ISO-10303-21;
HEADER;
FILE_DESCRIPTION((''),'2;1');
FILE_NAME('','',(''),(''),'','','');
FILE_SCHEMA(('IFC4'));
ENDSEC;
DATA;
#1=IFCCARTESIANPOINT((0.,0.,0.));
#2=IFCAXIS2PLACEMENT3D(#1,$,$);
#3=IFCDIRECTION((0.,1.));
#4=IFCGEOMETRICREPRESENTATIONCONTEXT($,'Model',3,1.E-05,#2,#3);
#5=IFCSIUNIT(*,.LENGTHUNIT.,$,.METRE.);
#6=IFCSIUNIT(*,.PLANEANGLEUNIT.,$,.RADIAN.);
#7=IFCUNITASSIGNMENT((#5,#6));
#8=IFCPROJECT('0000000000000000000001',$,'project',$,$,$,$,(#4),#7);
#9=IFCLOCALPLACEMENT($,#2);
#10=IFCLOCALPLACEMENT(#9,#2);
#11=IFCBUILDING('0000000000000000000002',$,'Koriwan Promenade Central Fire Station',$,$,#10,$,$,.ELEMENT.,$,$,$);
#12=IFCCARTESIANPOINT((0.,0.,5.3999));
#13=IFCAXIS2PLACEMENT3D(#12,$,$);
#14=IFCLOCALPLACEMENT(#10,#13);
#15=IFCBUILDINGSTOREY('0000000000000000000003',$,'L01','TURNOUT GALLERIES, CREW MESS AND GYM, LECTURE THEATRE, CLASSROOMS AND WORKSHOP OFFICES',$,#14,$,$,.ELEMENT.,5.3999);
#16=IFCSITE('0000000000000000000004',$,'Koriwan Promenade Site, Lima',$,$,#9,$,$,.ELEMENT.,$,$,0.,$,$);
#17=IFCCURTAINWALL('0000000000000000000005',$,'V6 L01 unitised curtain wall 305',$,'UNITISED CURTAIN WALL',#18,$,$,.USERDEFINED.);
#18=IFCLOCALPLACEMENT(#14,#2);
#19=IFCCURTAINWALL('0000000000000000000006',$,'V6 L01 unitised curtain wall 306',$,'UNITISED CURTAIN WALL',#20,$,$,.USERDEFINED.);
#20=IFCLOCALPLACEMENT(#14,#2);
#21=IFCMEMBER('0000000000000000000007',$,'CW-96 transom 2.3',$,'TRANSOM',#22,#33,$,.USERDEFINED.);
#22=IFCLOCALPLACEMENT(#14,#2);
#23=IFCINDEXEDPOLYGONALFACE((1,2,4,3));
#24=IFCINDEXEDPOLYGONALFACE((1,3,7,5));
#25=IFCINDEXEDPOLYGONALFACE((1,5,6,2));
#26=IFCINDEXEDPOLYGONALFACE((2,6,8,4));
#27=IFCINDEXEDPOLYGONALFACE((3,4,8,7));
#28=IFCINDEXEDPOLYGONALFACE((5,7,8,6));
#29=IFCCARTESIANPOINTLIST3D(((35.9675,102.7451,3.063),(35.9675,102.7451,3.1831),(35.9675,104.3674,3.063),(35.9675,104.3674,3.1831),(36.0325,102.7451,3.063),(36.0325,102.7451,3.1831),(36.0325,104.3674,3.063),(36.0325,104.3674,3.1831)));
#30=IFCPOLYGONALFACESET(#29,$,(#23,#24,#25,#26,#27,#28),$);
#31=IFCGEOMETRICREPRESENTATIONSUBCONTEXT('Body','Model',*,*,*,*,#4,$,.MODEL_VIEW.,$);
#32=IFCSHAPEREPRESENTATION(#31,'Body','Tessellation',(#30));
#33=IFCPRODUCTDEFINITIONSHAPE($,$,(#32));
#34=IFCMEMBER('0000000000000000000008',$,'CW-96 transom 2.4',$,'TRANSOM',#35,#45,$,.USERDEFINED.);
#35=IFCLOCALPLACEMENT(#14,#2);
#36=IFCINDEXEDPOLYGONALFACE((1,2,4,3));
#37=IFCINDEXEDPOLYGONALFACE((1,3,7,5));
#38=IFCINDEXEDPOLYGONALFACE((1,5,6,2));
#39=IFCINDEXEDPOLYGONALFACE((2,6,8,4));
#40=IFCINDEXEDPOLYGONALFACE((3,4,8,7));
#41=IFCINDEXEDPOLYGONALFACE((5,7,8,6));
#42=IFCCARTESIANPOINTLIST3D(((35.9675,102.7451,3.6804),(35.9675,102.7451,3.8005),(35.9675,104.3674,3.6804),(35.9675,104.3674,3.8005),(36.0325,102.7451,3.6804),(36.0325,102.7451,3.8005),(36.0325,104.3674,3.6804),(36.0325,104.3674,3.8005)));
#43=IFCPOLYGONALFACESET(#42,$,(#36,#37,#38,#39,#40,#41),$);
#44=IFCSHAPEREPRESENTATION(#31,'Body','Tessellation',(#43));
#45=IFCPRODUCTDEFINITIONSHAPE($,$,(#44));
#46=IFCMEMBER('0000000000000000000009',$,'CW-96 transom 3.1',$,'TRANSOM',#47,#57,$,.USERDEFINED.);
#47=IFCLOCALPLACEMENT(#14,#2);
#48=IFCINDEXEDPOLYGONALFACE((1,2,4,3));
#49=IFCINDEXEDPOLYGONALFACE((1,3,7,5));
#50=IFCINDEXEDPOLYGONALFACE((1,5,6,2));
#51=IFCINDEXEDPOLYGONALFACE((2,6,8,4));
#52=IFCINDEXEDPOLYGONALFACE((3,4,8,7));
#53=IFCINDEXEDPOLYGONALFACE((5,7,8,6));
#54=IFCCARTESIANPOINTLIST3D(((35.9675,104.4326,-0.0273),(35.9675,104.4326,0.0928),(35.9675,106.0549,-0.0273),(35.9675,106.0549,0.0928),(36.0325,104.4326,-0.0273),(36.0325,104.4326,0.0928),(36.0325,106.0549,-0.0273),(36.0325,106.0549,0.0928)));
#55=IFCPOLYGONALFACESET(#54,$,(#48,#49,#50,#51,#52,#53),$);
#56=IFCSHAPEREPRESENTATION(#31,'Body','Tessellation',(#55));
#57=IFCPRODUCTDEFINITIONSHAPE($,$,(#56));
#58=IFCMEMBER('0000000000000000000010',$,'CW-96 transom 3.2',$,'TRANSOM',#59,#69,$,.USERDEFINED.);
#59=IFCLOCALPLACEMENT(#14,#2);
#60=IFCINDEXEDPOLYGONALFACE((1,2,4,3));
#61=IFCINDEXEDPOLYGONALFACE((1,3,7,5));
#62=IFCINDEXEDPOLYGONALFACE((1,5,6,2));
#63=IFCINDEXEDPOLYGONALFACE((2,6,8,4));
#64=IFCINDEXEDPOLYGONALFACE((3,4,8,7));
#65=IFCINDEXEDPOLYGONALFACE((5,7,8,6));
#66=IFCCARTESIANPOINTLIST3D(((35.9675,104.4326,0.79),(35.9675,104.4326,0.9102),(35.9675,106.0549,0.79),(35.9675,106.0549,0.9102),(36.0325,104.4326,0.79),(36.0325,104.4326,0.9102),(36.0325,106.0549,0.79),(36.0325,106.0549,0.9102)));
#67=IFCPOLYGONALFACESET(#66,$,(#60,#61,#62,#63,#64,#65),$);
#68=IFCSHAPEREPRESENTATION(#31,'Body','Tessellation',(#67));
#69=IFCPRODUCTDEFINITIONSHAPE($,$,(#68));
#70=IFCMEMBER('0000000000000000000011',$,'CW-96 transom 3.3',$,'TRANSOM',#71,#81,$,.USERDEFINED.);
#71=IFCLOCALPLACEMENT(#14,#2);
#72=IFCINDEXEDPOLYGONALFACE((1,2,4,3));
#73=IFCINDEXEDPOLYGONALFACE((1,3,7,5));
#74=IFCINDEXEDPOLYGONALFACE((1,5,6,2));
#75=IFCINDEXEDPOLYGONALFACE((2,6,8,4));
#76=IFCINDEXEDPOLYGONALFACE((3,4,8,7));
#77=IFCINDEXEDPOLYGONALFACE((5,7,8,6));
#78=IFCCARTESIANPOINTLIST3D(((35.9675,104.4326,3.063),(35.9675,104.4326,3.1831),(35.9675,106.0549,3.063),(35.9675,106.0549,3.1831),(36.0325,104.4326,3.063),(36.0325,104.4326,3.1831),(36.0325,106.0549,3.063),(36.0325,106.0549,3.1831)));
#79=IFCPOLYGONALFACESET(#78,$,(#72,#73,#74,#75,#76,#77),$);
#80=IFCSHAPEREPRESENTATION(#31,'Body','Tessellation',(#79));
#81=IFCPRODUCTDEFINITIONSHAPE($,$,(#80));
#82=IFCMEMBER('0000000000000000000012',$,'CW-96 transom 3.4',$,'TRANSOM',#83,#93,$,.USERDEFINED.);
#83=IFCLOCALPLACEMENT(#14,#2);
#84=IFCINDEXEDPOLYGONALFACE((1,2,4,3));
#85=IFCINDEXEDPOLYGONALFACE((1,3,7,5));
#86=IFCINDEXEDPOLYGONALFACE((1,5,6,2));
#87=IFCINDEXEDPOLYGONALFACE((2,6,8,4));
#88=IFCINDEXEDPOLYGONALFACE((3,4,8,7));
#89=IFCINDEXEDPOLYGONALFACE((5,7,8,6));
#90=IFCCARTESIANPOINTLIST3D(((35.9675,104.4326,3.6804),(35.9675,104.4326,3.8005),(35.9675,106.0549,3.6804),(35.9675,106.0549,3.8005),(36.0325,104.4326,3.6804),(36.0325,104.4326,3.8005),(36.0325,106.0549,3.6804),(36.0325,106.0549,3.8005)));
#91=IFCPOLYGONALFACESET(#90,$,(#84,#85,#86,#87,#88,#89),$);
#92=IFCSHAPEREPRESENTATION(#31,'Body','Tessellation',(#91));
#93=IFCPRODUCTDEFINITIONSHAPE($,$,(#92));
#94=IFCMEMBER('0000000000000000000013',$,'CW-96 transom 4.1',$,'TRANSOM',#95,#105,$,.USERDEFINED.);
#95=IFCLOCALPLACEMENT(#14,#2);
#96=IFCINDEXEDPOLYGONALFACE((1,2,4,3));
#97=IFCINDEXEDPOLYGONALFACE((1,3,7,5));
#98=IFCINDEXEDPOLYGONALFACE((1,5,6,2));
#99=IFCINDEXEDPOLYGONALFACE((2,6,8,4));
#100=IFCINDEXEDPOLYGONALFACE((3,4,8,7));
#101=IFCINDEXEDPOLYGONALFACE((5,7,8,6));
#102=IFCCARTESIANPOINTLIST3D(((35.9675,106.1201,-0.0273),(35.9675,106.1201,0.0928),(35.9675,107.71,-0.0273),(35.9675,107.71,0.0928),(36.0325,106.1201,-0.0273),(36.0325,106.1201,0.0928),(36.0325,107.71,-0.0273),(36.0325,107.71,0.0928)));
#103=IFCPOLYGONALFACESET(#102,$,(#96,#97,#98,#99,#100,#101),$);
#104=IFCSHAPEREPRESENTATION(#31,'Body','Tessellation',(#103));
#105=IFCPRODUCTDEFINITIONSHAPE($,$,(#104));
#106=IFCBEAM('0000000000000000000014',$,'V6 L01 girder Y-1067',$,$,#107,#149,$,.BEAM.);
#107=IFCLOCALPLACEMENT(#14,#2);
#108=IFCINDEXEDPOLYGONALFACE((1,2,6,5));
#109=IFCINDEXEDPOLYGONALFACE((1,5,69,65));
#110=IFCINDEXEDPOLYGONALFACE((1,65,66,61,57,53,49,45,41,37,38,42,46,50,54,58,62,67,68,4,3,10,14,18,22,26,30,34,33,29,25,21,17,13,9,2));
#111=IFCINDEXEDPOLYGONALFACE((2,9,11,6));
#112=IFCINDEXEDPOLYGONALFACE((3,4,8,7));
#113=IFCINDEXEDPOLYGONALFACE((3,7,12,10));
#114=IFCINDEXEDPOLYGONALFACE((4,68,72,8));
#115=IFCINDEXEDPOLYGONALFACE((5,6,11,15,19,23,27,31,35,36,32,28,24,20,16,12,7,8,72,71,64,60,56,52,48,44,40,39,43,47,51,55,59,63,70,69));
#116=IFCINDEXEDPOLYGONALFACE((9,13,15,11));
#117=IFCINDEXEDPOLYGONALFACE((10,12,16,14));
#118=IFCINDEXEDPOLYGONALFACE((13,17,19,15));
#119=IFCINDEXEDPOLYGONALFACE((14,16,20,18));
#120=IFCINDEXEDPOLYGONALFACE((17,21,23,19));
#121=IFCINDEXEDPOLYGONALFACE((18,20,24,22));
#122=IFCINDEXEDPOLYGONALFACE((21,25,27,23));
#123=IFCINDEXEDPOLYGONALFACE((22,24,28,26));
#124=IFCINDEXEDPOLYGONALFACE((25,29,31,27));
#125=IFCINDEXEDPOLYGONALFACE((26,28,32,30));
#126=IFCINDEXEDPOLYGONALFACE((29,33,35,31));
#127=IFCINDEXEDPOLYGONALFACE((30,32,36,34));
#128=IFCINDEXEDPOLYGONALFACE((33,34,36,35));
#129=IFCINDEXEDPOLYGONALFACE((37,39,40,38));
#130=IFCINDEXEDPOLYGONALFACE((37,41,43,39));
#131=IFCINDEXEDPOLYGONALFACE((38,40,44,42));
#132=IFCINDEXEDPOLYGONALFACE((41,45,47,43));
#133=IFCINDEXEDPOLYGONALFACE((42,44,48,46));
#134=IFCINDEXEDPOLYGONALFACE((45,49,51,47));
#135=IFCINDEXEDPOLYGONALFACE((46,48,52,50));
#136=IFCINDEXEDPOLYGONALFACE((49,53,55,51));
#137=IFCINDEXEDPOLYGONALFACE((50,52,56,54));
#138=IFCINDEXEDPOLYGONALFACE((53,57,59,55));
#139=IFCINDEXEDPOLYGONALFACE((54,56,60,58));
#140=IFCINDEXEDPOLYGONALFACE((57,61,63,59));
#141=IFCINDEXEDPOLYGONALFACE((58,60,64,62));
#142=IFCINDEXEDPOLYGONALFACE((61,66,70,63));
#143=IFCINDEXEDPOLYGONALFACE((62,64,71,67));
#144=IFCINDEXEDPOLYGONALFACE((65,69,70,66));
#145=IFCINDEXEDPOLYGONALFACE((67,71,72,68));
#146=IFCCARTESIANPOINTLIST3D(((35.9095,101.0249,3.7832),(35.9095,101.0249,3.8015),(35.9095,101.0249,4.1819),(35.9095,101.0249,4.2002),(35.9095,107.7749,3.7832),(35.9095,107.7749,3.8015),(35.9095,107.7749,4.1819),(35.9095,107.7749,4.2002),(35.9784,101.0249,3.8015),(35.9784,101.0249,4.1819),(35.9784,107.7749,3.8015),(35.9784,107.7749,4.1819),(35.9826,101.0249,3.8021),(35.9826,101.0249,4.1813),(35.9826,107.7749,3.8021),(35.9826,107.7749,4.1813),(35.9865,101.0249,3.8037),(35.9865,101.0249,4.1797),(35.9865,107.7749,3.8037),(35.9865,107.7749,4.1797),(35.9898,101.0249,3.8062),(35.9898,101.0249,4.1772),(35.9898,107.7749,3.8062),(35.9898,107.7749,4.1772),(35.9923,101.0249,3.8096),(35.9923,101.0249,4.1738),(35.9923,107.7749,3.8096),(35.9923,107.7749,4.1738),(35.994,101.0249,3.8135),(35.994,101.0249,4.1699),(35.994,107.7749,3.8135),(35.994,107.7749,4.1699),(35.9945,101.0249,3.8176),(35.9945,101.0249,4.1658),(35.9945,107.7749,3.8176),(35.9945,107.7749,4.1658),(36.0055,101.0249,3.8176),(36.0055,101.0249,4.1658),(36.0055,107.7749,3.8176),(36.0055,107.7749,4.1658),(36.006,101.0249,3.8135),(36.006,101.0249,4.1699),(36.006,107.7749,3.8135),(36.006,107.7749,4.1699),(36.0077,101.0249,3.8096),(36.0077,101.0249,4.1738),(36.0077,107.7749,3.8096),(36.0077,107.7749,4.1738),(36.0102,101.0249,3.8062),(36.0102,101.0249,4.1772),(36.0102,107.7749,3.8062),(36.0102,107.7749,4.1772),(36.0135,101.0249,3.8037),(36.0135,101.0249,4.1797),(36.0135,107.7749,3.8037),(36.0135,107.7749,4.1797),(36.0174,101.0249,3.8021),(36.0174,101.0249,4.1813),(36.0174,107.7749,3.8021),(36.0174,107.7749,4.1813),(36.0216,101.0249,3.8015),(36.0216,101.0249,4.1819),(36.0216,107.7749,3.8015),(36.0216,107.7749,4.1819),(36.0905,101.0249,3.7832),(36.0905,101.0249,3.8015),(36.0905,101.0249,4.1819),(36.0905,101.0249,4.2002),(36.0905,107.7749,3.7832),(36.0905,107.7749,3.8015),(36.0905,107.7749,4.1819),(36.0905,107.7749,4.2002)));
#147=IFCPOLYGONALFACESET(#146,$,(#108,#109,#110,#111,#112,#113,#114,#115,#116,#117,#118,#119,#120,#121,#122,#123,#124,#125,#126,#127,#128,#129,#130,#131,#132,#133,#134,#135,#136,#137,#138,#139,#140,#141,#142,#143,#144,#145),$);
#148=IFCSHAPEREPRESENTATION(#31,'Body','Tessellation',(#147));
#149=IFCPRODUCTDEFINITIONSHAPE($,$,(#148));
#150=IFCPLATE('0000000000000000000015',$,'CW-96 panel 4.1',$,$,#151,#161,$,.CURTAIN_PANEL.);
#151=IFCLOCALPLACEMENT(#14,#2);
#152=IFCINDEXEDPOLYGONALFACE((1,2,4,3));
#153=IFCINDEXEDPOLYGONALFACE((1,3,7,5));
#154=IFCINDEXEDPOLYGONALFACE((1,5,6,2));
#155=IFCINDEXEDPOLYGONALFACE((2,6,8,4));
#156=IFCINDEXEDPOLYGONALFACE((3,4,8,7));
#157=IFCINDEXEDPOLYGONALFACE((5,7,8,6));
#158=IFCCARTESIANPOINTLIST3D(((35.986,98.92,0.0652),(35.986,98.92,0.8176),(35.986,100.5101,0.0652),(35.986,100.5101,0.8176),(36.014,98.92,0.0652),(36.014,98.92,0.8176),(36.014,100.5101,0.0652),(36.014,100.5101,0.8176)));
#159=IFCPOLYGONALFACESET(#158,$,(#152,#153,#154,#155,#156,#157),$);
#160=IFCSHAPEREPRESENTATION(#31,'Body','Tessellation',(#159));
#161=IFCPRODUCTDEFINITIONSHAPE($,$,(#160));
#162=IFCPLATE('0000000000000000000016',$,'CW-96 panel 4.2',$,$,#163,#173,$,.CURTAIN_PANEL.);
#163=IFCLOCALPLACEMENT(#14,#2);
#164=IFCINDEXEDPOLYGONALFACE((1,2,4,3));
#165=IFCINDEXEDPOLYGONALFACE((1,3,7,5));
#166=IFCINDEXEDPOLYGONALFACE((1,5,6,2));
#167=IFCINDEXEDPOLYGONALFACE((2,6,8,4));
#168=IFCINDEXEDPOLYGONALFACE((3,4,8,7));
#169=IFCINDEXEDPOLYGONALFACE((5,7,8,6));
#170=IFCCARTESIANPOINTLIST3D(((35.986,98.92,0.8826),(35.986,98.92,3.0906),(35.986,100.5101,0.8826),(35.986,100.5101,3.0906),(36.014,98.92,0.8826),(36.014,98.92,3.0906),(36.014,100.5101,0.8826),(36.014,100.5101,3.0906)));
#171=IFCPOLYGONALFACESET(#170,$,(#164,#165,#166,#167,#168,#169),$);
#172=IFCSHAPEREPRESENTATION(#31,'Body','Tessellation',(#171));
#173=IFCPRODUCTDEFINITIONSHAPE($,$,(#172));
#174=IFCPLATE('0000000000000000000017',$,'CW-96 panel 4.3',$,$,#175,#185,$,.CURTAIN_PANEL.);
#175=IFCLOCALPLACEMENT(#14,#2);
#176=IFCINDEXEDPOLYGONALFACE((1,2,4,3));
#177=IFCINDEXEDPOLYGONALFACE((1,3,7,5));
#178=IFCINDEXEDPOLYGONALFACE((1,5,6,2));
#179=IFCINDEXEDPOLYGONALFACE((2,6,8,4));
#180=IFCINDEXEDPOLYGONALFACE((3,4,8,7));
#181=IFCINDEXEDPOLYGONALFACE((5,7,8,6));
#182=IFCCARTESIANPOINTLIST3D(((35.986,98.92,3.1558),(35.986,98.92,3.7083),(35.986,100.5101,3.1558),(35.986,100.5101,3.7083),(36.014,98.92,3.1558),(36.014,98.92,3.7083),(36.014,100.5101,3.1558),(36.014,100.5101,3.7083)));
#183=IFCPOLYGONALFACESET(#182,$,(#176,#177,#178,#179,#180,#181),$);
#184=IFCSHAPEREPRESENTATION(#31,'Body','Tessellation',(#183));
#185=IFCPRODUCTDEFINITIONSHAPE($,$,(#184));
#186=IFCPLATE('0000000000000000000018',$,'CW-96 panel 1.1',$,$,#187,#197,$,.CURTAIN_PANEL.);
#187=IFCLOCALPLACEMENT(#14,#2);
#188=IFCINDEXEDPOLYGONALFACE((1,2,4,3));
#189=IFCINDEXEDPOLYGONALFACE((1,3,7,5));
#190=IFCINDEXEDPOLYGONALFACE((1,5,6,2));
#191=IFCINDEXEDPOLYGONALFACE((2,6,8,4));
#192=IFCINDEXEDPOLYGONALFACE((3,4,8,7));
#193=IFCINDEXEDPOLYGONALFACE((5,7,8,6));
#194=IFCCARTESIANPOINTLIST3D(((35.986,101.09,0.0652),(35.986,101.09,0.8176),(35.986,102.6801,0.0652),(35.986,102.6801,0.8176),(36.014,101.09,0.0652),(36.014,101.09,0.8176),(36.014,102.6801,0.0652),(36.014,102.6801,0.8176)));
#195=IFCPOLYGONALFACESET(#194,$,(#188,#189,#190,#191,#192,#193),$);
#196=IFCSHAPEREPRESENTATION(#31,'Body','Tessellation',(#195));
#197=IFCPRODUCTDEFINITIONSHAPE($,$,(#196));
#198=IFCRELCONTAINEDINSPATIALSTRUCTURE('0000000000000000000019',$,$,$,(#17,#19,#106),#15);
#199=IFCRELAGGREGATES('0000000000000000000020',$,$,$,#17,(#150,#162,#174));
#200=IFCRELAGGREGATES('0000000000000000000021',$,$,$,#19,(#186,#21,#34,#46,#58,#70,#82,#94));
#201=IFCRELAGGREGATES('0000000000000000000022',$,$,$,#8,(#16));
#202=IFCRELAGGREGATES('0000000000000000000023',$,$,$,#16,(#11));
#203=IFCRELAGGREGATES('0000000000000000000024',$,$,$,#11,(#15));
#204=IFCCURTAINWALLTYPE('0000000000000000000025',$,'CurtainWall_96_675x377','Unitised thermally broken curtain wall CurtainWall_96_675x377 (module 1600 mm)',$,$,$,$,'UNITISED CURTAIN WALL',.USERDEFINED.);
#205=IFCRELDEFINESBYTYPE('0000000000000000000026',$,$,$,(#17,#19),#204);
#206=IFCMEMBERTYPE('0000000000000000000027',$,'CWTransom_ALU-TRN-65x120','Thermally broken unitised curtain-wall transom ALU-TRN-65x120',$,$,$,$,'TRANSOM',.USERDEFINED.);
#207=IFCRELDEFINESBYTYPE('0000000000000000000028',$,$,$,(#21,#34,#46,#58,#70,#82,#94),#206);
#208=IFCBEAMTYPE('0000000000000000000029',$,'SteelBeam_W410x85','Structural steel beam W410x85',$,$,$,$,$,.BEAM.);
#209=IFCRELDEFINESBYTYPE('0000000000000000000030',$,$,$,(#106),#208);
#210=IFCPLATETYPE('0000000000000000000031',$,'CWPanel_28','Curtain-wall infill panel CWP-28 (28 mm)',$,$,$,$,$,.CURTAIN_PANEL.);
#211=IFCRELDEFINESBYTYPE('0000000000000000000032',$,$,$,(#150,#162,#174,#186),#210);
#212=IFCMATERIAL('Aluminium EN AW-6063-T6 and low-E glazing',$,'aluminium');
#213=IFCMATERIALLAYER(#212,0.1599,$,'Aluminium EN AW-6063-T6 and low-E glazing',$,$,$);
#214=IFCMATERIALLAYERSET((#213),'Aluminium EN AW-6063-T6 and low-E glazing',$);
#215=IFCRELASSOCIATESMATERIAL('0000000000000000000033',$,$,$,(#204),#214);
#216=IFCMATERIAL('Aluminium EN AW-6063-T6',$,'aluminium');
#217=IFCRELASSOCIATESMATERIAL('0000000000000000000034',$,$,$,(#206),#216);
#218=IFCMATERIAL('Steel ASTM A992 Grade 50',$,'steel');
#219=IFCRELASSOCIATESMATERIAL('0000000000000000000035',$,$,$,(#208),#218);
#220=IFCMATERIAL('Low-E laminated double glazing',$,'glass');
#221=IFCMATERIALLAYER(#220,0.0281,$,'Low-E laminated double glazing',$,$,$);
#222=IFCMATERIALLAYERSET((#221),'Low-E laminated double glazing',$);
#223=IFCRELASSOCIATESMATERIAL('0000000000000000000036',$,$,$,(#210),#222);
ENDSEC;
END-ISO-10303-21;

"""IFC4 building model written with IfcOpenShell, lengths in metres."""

from ifc_helpers import new_model, si_unit, direction, frame, origin, origin_2d, place, context, subcontext, project, spatial, rectangle, i_section, extrude, material, layer, layer_set, material_profile, profile_set, type_object, element, aggregate, save


model = new_model("IFC4")

# Units and contexts
model_context = context("Model", 3, precision=1e-05, world=origin(), true_north=direction((0.0, 1.0)))
body_context = subcontext(model_context, "Body", "Model", "MODEL_VIEW")
ifc_project = project(units=[si_unit("LENGTHUNIT", "METRE"), si_unit("PLANEANGLEUNIT", "RADIAN")], contexts=[model_context])

# Site, building, storey
site_placement = place(None, origin())
site = spatial("IfcSite", under=ifc_project, at=site_placement, Name="Koriwan Promenade Site, Lima", CompositionType="ELEMENT", RefElevation=0.0)
building_placement = place(site_placement, origin())
building = spatial("IfcBuilding", under=site, at=building_placement, Name="Koriwan Promenade Central Fire Station", CompositionType="ELEMENT")
storey_placement = place(building_placement, frame((0.0, 0.0, 5.3999)))
storey = spatial("IfcBuildingStorey", under=building, at=storey_placement, Name="L01", Description="TURNOUT GALLERIES, CREW MESS AND GYM, LECTURE THEATRE, CLASSROOMS AND WORKSHOP OFFICES", CompositionType="ELEMENT", Elevation=5.3999)

# Curtain wall
ifc_material_1 = material(Name="Aluminium EN AW-6063-T6 and low-E glazing", Category="aluminium")
ifc_layer_1 = layer(ifc_material_1, 0.1599, Name="Aluminium EN AW-6063-T6 and low-E glazing")
ifc_layer_set_1 = layer_set([ifc_layer_1], Name="Aluminium EN AW-6063-T6 and low-E glazing")
curtain_wall_type = type_object("IfcCurtainWallType", Name="CurtainWall_96_675x377", Description="Unitised thermally broken curtain wall CurtainWall_96_675x377 (module 1600 mm)", ElementType="UNITISED CURTAIN WALL", PredefinedType="USERDEFINED", material=ifc_layer_set_1)
curtain_wall_1_placement = place(storey_placement, origin())
curtain_wall_1 = element("IfcCurtainWall", 1, at=curtain_wall_1_placement, inside=storey, type_object=curtain_wall_type, Name="V6 L01 unitised curtain wall 305", ObjectType="UNITISED CURTAIN WALL", PredefinedType="USERDEFINED")
ifc_material_2 = material(Name="Aluminium EN AW-6063-T6", Category="aluminium")

# Curtain wall
curtain_wall_2_placement = place(storey_placement, origin())
curtain_wall_2 = element("IfcCurtainWall", 2, at=curtain_wall_2_placement, inside=storey, type_object=curtain_wall_type, Name="V6 L01 unitised curtain wall 306", ObjectType="UNITISED CURTAIN WALL", PredefinedType="USERDEFINED")

# Members
ifc_material_profile_1 = material_profile(ifc_material_2, rectangle(XDim=0.0649, YDim=0.1201, at=origin_2d()), Name="ALU-TRN-65x120")
ifc_profile_set_1 = profile_set([ifc_material_profile_1], Name="Aluminium EN AW-6063-T6")
member_type_1 = type_object("IfcMemberType", Name="CWTransom_ALU-TRN-65x120", Description="Thermally broken unitised curtain-wall transom ALU-TRN-65x120", ElementType="TRANSOM", PredefinedType="USERDEFINED", material=ifc_profile_set_1)
member_1_placement = place(storey_placement, frame((36.0, 102.7451, 3.123), z_axis=(0.0, 1.0, 0.0), x_axis=(-1.0, 0.0, 0.0)))
member_1 = element("IfcMember", 3, at=member_1_placement, type_object=member_type_1, Name="CW-96 transom 2.3", ObjectType="TRANSOM", PredefinedType="USERDEFINED", context=body_context, shape_type="SweptSolid", body=[
    extrude(rectangle(XDim=0.0649, YDim=0.1201, at=origin_2d()), origin(), (0.0, 0.0, 1.0), 1.6223),
])
member_2_placement = place(storey_placement, frame((36.0, 102.7451, 3.7405), z_axis=(0.0, 1.0, 0.0), x_axis=(-1.0, 0.0, 0.0)))
member_2 = element("IfcMember", 4, at=member_2_placement, type_object=member_type_1, Name="CW-96 transom 2.4", ObjectType="TRANSOM", PredefinedType="USERDEFINED", context=body_context, shape_type="SweptSolid", body=[
    extrude(rectangle(XDim=0.0649, YDim=0.1201, at=origin_2d()), origin(), (0.0, 0.0, 1.0), 1.6223),
])
member_3_placement = place(storey_placement, frame((36.0, 104.4326, 0.0327), z_axis=(0.0, 1.0, 0.0), x_axis=(-1.0, 0.0, 0.0)))
member_3 = element("IfcMember", 5, at=member_3_placement, type_object=member_type_1, Name="CW-96 transom 3.1", ObjectType="TRANSOM", PredefinedType="USERDEFINED", context=body_context, shape_type="SweptSolid", body=[
    extrude(rectangle(XDim=0.0649, YDim=0.1201, at=origin_2d()), origin(), (0.0, 0.0, 1.0), 1.6223),
])
member_4_placement = place(storey_placement, frame((36.0, 104.4326, 0.8501), z_axis=(0.0, 1.0, 0.0), x_axis=(-1.0, 0.0, 0.0)))
member_4 = element("IfcMember", 6, at=member_4_placement, type_object=member_type_1, Name="CW-96 transom 3.2", ObjectType="TRANSOM", PredefinedType="USERDEFINED", context=body_context, shape_type="SweptSolid", body=[
    extrude(rectangle(XDim=0.0649, YDim=0.1201, at=origin_2d()), origin(), (0.0, 0.0, 1.0), 1.6223),
])
member_5_placement = place(storey_placement, frame((36.0, 104.4326, 3.123), z_axis=(0.0, 1.0, 0.0), x_axis=(-1.0, 0.0, 0.0)))
member_5 = element("IfcMember", 7, at=member_5_placement, type_object=member_type_1, Name="CW-96 transom 3.3", ObjectType="TRANSOM", PredefinedType="USERDEFINED", context=body_context, shape_type="SweptSolid", body=[
    extrude(rectangle(XDim=0.0649, YDim=0.1201, at=origin_2d()), origin(), (0.0, 0.0, 1.0), 1.6223),
])
member_6_placement = place(storey_placement, frame((36.0, 104.4326, 3.7405), z_axis=(0.0, 1.0, 0.0), x_axis=(-1.0, 0.0, 0.0)))
member_6 = element("IfcMember", 8, at=member_6_placement, type_object=member_type_1, Name="CW-96 transom 3.4", ObjectType="TRANSOM", PredefinedType="USERDEFINED", context=body_context, shape_type="SweptSolid", body=[
    extrude(rectangle(XDim=0.0649, YDim=0.1201, at=origin_2d()), origin(), (0.0, 0.0, 1.0), 1.6223),
])
member_7_placement = place(storey_placement, frame((36.0, 106.1201, 0.0327), z_axis=(0.0, 1.0, 0.0), x_axis=(-1.0, 0.0, 0.0)))
member_7 = element("IfcMember", 9, at=member_7_placement, type_object=member_type_1, Name="CW-96 transom 4.1", ObjectType="TRANSOM", PredefinedType="USERDEFINED", context=body_context, shape_type="SweptSolid", body=[
    extrude(rectangle(XDim=0.0649, YDim=0.1201, at=origin_2d()), origin(), (0.0, 0.0, 1.0), 1.5898),
])

# Beam
ifc_material_3 = material(Name="Steel ASTM A992 Grade 50", Category="steel")
ifc_material_profile_2 = material_profile(ifc_material_3, i_section(OverallWidth=0.1809, OverallDepth=0.417, WebThickness=0.011, FlangeThickness=0.0183, FilletRadius=0.0161, at=origin_2d()), Name="W410x85")
ifc_profile_set_2 = profile_set([ifc_material_profile_2], Name="Steel ASTM A992 Grade 50")
beam_type = type_object("IfcBeamType", Name="SteelBeam_W410x85", Description="Structural steel beam W410x85", PredefinedType="BEAM", material=ifc_profile_set_2)
beam_placement = place(storey_placement, frame((36.0, 101.0249, 3.9917), z_axis=(0.0, 1.0, 0.0), x_axis=(-1.0, 0.0, 0.0)))
element("IfcBeam", 10, at=beam_placement, inside=storey, type_object=beam_type, Name="V6 L01 girder Y-1067", PredefinedType="BEAM", context=body_context, shape_type="SweptSolid", body=[
    extrude(i_section(OverallWidth=0.1809, OverallDepth=0.417, WebThickness=0.011, FlangeThickness=0.0183, FilletRadius=0.0161, at=origin_2d()), origin(), (0.0, 0.0, 1.0), 6.75),
])

# Plates
ifc_material_4 = material(Name="Low-E laminated double glazing", Category="glass")
ifc_layer_2 = layer(ifc_material_4, 0.0281, Name="Low-E laminated double glazing")
ifc_layer_set_2 = layer_set([ifc_layer_2], Name="Low-E laminated double glazing")
plate_type = type_object("IfcPlateType", Name="CWPanel_28", Description="Curtain-wall infill panel CWP-28 (28 mm)", PredefinedType="CURTAIN_PANEL", material=ifc_layer_set_2)
plate_1_placement = place(storey_placement, frame((36.0, 99.7151, 0.0652), z_axis=(0.0, 0.0, 1.0), x_axis=(0.0, 1.0, 0.0)))
plate_1 = element("IfcPlate", 11, at=plate_1_placement, type_object=plate_type, Name="CW-96 panel 4.1", PredefinedType="CURTAIN_PANEL", context=body_context, shape_type="SweptSolid", body=[
    extrude(rectangle(XDim=1.5901, YDim=0.0281, at=origin_2d()), origin(), (0.0, 0.0, 1.0), 0.7524),
])
plate_2_placement = place(storey_placement, frame((36.0, 99.7151, 0.8826), z_axis=(0.0, 0.0, 1.0), x_axis=(0.0, 1.0, 0.0)))
plate_2 = element("IfcPlate", 12, at=plate_2_placement, type_object=plate_type, Name="CW-96 panel 4.2", PredefinedType="CURTAIN_PANEL", context=body_context, shape_type="SweptSolid", body=[
    extrude(rectangle(XDim=1.5901, YDim=0.0281, at=origin_2d()), origin(), (0.0, 0.0, 1.0), 2.208),
])
plate_3_placement = place(storey_placement, frame((36.0, 99.7151, 3.1558), z_axis=(0.0, 0.0, 1.0), x_axis=(0.0, 1.0, 0.0)))
plate_3 = element("IfcPlate", 13, at=plate_3_placement, type_object=plate_type, Name="CW-96 panel 4.3", PredefinedType="CURTAIN_PANEL", context=body_context, shape_type="SweptSolid", body=[
    extrude(rectangle(XDim=1.5901, YDim=0.0281, at=origin_2d()), origin(), (0.0, 0.0, 1.0), 0.5525),
])
aggregate(curtain_wall_1, [plate_1, plate_2, plate_3])
plate_4_placement = place(storey_placement, frame((36.0, 101.885, 0.0652), z_axis=(0.0, 0.0, 1.0), x_axis=(0.0, 1.0, 0.0)))
plate_4 = element("IfcPlate", 14, at=plate_4_placement, type_object=plate_type, Name="CW-96 panel 1.1", PredefinedType="CURTAIN_PANEL", context=body_context, shape_type="SweptSolid", body=[
    extrude(rectangle(XDim=1.5901, YDim=0.0281, at=origin_2d()), origin(), (0.0, 0.0, 1.0), 0.7524),
])
aggregate(curtain_wall_2, [plate_4, member_1, member_2, member_3, member_4, member_5, member_6, member_7])

save(model, "model.ifc")
